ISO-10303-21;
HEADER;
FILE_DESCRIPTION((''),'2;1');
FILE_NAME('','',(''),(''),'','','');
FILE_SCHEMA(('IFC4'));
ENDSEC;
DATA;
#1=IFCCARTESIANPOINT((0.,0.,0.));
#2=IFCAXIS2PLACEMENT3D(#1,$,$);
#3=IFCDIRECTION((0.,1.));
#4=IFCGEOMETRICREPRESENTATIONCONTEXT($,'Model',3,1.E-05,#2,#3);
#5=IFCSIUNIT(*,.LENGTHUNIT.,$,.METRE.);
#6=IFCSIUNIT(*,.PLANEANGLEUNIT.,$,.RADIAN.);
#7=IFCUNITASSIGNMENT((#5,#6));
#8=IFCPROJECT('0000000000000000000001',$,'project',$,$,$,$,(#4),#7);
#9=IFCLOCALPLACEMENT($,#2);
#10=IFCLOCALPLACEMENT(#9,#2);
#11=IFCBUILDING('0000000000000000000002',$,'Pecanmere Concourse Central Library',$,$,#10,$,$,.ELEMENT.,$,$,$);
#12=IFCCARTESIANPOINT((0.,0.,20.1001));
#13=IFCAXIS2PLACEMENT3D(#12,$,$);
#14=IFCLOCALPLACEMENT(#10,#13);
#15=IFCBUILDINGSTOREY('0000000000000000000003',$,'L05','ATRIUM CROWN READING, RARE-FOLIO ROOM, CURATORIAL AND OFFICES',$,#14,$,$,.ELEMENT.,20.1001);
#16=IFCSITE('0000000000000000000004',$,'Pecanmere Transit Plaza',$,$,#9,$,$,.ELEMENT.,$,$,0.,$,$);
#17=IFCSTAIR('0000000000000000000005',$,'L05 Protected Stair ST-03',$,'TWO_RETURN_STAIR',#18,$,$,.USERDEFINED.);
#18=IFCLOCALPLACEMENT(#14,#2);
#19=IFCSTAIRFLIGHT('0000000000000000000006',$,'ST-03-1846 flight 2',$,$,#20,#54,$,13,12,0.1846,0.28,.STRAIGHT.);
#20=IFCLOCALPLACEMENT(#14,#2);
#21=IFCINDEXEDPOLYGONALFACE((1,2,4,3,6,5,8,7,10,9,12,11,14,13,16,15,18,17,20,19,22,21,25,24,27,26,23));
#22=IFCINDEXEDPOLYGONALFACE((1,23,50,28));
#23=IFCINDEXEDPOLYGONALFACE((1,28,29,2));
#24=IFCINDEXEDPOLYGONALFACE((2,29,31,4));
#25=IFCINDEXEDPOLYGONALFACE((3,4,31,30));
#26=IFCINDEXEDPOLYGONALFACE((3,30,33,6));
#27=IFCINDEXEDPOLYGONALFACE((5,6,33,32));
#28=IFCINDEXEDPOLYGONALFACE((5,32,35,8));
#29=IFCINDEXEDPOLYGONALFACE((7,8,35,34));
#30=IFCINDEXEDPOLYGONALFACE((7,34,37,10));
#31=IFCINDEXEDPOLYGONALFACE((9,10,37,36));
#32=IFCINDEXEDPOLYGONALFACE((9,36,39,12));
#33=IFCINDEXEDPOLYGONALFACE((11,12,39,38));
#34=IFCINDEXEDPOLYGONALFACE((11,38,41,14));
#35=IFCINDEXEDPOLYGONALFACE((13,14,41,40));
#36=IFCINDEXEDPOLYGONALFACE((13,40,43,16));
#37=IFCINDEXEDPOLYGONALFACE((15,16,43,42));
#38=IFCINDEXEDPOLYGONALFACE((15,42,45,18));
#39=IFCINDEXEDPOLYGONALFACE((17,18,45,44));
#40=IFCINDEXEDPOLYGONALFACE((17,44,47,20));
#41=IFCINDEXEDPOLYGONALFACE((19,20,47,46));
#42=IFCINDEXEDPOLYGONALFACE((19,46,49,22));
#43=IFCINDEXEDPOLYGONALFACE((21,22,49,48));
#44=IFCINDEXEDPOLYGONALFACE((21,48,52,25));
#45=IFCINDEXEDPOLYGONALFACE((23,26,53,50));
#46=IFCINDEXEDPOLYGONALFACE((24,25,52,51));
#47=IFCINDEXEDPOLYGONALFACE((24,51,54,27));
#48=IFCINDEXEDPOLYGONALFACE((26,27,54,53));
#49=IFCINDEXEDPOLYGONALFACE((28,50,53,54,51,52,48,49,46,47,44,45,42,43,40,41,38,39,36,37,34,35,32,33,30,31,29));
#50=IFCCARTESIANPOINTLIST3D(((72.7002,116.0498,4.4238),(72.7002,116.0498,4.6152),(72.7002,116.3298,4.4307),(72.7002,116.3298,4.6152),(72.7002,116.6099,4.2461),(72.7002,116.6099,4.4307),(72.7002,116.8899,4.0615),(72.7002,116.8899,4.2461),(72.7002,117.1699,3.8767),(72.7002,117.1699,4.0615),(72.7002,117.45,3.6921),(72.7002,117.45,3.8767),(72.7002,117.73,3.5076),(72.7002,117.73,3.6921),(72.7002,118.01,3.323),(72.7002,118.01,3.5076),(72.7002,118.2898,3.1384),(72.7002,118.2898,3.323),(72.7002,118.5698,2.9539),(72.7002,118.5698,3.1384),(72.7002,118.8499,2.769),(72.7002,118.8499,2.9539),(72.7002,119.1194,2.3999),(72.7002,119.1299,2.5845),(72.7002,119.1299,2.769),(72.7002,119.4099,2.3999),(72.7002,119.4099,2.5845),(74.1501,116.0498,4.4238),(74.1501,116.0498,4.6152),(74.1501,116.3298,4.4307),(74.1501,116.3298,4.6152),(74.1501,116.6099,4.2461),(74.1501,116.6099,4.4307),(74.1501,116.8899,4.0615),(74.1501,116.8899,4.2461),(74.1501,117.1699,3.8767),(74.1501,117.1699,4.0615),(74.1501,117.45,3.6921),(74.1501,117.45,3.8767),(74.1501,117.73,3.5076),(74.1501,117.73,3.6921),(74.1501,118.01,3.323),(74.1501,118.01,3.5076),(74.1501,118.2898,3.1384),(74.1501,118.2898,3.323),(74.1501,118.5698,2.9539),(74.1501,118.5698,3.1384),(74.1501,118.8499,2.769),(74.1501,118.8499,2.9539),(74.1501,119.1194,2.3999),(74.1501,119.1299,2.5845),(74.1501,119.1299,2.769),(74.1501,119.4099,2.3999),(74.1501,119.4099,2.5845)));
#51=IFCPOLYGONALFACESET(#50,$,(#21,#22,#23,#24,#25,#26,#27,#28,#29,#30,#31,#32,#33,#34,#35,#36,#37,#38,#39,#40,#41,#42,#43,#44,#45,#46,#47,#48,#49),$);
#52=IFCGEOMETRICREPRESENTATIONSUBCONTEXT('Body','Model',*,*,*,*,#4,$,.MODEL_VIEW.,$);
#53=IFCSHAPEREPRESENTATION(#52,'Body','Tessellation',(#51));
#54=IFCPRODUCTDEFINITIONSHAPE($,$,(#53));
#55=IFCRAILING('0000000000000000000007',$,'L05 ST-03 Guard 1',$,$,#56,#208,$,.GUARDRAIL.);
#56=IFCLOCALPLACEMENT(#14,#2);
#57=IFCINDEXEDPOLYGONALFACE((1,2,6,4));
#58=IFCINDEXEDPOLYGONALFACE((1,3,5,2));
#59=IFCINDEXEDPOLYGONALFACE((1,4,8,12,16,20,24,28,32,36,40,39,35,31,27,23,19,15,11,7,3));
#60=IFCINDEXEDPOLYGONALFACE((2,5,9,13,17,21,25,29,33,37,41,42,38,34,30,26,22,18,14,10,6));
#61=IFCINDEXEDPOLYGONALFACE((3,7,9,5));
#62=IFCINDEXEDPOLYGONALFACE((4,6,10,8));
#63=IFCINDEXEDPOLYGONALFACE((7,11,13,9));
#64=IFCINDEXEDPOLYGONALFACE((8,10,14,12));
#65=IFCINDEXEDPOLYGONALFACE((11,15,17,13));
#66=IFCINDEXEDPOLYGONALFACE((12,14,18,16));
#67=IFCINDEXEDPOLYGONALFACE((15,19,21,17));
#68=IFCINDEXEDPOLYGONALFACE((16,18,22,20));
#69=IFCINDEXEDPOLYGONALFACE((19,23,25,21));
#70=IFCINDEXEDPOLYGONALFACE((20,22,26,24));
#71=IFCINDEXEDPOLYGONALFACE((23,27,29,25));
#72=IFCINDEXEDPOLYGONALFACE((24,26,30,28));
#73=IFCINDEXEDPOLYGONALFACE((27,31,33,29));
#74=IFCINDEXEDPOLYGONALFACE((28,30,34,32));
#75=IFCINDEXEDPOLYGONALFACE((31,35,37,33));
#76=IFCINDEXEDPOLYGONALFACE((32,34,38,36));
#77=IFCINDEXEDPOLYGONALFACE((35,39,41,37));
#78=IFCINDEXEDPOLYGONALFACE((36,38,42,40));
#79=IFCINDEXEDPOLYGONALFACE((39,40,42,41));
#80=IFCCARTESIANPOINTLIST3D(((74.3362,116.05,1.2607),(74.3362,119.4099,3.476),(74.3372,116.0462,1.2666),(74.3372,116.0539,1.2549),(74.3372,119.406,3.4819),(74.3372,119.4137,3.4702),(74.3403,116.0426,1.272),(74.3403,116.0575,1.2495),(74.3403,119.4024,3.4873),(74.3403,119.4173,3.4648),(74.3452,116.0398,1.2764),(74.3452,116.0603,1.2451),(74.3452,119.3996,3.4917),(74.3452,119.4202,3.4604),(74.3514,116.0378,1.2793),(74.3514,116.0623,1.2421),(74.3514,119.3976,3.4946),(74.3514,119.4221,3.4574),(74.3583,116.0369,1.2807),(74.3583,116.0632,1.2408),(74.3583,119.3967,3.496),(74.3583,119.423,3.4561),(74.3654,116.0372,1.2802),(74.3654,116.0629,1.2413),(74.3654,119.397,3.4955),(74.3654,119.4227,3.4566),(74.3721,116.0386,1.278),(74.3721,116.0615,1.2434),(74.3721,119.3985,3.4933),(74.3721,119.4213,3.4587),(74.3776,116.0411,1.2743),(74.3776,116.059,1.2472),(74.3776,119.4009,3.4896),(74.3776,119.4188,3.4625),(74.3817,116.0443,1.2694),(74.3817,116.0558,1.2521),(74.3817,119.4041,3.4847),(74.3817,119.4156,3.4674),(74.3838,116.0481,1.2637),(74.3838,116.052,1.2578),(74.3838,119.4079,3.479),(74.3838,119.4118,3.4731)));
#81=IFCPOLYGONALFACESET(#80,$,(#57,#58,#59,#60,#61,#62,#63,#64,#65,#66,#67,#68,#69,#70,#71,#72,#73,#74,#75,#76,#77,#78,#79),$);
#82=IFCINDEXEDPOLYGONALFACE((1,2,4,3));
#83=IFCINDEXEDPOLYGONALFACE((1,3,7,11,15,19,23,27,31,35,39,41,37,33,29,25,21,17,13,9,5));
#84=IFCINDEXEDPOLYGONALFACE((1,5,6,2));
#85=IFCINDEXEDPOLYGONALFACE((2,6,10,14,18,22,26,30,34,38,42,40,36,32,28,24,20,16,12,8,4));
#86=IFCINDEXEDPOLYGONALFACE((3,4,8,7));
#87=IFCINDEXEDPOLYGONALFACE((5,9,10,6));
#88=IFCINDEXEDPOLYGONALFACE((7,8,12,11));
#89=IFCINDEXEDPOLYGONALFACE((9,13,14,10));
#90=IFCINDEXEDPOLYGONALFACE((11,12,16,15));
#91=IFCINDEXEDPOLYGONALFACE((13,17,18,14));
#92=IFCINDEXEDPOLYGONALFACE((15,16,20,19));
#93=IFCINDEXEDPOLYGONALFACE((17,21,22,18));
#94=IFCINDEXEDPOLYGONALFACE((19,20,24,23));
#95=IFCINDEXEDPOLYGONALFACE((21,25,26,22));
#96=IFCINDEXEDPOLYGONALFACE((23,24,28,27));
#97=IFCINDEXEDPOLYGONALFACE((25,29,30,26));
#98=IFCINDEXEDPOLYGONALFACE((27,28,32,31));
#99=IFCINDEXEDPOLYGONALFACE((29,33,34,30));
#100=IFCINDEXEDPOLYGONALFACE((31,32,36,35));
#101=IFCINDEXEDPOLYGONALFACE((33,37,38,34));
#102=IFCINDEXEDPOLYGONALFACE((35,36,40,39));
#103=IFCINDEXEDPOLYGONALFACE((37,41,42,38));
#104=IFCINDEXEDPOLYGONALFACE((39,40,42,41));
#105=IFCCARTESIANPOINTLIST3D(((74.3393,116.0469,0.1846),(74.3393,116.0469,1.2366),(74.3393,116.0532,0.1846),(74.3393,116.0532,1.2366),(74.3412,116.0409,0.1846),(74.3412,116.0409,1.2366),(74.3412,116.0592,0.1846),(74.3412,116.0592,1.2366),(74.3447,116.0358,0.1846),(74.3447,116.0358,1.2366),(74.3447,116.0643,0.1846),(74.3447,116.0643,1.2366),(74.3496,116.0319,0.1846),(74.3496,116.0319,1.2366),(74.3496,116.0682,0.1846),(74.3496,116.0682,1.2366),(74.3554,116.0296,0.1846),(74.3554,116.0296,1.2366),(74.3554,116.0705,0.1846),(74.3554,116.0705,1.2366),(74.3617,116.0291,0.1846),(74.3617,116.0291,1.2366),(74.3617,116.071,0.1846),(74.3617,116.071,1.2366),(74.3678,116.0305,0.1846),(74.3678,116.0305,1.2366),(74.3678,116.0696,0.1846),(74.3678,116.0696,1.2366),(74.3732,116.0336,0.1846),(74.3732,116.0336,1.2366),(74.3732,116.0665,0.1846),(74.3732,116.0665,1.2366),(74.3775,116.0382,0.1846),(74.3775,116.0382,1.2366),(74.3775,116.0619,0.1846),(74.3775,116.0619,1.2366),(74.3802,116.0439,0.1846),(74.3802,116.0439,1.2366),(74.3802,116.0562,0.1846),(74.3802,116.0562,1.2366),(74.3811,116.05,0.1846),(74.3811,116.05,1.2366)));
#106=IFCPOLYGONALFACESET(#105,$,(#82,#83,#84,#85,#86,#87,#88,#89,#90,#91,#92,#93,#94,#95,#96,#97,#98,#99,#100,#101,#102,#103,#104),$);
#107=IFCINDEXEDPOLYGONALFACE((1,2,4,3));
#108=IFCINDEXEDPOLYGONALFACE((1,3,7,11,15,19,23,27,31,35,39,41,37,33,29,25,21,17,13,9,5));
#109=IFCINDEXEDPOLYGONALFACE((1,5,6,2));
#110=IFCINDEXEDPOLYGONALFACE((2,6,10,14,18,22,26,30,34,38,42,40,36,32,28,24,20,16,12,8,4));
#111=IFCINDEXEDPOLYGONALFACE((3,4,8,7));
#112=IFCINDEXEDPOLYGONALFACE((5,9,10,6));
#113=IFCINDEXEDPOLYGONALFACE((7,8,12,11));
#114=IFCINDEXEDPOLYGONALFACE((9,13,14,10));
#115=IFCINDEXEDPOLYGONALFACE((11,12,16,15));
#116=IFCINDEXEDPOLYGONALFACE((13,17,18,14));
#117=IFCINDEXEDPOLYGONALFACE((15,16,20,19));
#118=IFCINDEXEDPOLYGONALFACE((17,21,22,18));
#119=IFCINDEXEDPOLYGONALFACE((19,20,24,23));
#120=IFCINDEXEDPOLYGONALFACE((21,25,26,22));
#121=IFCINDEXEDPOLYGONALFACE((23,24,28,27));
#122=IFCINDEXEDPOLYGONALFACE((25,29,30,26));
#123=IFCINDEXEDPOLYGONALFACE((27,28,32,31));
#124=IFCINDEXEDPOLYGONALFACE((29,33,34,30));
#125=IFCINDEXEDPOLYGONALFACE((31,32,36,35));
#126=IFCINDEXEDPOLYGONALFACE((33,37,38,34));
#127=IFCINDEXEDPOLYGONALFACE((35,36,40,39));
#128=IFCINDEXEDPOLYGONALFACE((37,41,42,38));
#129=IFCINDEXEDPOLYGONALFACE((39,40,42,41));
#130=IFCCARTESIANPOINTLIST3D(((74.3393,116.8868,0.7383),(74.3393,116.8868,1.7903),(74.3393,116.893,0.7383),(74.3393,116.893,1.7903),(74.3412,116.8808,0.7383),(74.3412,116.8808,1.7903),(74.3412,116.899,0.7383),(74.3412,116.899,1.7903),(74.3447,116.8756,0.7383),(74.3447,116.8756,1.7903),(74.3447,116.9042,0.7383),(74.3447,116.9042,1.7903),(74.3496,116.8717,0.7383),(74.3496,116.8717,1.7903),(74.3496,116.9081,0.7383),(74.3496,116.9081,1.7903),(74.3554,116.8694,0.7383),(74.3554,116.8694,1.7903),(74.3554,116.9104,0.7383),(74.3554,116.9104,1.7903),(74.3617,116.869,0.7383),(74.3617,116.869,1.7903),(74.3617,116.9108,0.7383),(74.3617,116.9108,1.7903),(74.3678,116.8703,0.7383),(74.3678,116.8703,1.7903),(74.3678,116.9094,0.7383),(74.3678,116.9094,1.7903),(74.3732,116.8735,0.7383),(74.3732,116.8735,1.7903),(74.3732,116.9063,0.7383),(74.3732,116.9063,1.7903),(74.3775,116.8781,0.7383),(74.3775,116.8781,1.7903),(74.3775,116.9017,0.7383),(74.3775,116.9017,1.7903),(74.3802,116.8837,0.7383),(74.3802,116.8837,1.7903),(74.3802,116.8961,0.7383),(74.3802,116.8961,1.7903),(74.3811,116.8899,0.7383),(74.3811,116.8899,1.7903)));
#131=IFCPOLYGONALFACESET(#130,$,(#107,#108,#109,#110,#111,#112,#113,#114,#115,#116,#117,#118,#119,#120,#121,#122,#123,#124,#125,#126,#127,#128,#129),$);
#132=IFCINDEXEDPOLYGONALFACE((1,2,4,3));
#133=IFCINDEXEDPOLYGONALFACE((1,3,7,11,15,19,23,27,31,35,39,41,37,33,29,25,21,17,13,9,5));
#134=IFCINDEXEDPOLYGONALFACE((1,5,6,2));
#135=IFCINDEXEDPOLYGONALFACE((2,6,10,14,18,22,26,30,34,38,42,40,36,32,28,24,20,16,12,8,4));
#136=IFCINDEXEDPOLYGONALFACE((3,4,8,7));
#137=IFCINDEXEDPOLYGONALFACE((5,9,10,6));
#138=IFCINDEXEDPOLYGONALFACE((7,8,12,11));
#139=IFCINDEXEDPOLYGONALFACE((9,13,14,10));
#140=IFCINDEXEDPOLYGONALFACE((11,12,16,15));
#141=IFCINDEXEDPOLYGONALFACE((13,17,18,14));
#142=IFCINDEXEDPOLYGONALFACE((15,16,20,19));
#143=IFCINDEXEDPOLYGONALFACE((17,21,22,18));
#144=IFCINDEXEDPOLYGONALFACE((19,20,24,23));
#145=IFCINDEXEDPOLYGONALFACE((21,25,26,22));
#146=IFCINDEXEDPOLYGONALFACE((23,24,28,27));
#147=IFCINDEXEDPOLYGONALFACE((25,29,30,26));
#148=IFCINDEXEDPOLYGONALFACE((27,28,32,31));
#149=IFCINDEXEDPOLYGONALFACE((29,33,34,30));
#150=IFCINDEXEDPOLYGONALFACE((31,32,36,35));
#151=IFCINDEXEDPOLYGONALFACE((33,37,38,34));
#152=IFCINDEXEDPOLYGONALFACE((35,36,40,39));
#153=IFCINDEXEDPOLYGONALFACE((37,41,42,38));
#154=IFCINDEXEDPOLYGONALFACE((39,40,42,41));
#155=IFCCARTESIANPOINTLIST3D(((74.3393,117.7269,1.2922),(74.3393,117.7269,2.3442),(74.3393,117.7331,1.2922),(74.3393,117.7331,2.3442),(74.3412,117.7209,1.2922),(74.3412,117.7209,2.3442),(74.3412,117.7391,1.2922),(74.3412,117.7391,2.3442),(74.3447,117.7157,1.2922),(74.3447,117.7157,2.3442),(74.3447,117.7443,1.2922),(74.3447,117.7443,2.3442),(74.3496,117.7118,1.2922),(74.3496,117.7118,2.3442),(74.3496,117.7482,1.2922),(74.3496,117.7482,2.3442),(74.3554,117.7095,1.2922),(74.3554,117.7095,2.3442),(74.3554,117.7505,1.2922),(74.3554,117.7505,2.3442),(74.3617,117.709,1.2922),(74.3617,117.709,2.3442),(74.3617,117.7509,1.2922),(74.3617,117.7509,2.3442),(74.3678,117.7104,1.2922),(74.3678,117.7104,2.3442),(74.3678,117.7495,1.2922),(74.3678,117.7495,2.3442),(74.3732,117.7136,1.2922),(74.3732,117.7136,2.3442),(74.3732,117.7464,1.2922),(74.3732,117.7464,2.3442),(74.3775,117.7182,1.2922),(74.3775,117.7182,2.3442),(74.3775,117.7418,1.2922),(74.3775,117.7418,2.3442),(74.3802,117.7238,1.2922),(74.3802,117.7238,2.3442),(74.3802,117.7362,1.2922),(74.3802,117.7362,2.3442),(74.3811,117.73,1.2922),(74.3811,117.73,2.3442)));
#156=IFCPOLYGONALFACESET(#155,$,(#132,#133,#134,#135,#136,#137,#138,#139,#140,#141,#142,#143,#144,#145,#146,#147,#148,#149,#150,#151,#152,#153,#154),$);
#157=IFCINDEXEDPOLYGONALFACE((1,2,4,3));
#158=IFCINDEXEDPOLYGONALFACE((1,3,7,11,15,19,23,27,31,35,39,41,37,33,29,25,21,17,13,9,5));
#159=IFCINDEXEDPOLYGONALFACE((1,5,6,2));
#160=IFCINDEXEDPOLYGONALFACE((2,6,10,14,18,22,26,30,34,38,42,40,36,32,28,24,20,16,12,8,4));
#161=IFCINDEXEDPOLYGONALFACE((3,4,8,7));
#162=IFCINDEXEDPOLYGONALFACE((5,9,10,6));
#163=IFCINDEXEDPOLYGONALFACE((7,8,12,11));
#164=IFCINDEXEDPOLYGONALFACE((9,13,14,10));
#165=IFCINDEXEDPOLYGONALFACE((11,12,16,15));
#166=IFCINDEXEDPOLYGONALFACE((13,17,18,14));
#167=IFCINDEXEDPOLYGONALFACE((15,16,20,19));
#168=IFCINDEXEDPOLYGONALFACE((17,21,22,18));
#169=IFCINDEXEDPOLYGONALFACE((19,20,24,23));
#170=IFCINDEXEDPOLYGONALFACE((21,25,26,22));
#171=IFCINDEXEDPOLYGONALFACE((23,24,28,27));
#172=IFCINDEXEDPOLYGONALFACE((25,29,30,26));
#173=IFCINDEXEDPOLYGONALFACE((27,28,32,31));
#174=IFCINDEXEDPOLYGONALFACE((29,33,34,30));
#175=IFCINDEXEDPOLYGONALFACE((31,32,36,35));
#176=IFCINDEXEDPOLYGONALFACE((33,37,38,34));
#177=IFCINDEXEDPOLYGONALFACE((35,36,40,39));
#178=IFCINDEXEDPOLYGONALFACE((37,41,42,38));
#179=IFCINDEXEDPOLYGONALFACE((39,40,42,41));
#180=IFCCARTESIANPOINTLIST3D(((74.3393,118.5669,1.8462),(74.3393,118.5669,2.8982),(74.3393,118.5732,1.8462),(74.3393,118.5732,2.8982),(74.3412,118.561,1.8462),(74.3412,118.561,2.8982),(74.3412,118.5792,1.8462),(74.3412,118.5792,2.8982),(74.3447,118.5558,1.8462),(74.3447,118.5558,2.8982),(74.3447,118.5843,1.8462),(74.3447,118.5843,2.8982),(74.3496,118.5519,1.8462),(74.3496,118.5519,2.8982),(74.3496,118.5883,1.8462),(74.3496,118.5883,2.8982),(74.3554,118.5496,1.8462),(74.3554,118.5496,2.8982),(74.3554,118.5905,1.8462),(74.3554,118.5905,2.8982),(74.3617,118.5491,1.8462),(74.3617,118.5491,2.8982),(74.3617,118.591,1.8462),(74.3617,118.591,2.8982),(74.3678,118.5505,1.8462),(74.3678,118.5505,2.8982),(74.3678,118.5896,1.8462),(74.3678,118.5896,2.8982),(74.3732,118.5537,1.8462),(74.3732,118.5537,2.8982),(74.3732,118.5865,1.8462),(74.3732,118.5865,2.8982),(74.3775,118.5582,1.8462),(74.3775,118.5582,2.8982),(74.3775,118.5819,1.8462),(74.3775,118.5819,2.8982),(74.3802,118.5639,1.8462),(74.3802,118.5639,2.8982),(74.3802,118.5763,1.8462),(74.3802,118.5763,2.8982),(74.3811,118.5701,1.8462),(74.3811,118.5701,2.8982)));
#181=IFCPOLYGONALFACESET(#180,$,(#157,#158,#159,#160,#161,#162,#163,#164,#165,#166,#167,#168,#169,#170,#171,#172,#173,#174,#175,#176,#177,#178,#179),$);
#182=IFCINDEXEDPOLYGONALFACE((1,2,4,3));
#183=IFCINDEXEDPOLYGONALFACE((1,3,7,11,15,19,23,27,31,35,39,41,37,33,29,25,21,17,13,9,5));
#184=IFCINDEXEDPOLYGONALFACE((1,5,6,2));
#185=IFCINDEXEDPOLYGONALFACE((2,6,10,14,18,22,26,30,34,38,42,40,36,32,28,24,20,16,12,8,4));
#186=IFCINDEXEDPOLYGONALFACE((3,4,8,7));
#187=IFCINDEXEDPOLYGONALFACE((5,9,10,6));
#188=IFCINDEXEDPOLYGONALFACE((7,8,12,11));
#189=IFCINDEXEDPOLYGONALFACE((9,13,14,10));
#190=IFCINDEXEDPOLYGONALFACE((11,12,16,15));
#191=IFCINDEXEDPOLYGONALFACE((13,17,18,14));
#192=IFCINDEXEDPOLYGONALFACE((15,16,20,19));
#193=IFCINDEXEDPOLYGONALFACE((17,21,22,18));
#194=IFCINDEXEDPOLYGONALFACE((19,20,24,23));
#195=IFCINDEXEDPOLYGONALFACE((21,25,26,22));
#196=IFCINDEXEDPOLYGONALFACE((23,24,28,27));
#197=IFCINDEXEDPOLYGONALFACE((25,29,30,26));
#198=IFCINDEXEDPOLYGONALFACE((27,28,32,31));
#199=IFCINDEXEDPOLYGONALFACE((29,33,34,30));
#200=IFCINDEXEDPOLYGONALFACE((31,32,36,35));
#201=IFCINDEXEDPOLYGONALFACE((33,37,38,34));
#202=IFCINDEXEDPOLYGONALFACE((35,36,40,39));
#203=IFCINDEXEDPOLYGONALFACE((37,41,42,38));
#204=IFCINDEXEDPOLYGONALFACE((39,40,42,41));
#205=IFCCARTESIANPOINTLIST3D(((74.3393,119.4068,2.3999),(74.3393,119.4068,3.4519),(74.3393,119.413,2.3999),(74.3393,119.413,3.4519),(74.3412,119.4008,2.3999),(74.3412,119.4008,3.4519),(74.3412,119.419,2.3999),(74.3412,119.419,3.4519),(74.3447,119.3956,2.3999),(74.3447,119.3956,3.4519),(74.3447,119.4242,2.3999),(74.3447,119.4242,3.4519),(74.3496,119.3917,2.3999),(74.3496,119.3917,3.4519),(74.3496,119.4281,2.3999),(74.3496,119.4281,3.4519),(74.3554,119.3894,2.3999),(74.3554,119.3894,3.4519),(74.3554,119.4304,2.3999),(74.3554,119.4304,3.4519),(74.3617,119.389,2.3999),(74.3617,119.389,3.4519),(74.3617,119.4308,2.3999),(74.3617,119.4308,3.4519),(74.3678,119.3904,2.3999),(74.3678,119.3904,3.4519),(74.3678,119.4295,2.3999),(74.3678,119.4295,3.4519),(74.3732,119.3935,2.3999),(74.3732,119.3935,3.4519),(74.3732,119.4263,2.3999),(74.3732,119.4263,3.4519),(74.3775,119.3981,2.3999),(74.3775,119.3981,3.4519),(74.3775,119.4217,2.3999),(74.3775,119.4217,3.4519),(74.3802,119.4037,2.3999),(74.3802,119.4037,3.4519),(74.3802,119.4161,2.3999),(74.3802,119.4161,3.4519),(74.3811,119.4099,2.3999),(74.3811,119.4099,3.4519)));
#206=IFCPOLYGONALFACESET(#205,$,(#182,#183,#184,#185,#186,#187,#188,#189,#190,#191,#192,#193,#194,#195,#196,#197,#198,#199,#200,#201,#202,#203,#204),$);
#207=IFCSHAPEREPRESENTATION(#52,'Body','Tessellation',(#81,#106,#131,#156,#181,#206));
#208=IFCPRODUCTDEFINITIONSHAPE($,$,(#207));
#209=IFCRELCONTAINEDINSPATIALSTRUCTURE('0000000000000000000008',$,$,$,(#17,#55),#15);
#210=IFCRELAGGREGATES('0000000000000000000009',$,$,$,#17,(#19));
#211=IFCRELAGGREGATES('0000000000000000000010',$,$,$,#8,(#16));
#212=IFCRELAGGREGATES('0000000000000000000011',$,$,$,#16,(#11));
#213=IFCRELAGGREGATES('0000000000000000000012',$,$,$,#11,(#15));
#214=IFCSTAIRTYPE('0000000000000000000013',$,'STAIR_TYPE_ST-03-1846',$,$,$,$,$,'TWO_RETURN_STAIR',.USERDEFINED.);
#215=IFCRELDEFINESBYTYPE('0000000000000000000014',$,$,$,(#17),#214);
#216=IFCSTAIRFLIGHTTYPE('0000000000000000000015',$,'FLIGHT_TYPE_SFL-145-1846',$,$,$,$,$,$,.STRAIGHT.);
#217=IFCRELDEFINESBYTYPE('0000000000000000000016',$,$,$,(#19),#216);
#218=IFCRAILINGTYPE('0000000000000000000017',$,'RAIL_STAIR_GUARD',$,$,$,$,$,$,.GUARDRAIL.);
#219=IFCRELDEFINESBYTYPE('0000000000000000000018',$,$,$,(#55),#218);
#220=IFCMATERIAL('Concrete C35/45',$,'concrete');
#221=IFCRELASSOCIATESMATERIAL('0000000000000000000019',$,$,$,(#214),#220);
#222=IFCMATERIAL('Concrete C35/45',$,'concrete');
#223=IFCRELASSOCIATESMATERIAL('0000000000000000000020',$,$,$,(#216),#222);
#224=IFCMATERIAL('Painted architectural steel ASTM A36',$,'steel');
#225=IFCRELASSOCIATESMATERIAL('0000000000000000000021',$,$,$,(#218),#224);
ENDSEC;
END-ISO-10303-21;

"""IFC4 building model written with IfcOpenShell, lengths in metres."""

from ifc_helpers import new_model, si_unit, direction, frame, origin, origin_2d, place, context, subcontext, project, spatial, polyline, circle, outline, extrude, material, type_object, element, aggregate, save


model = new_model("IFC4")

# Units and contexts
model_context = context("Model", 3, precision=1e-05, world=origin(), true_north=direction((0.0, 1.0)))
body_context = subcontext(model_context, "Body", "Model", "MODEL_VIEW")
ifc_project = project(units=[si_unit("LENGTHUNIT", "METRE"), si_unit("PLANEANGLEUNIT", "RADIAN")], contexts=[model_context])

# Site, building, storey
site_placement = place(None, origin())
site = spatial("IfcSite", under=ifc_project, at=site_placement, Name="Pecanmere Transit Plaza", CompositionType="ELEMENT", RefElevation=0.0)
building_placement = place(site_placement, origin())
building = spatial("IfcBuilding", under=site, at=building_placement, Name="Pecanmere Concourse Central Library", CompositionType="ELEMENT")
storey_placement = place(building_placement, frame((0.0, 0.0, 20.1001)))
storey = spatial("IfcBuildingStorey", under=building, at=storey_placement, Name="L05", Description="ATRIUM CROWN READING, RARE-FOLIO ROOM, CURATORIAL AND OFFICES", CompositionType="ELEMENT", Elevation=20.1001)

# Stair, stair flight
ifc_material_1 = material(Name="Concrete C35/45", Category="concrete")
stair_type = type_object("IfcStairType", Name="STAIR_TYPE_ST-03-1846", ElementType="TWO_RETURN_STAIR", PredefinedType="USERDEFINED", material=ifc_material_1)
stair_placement = place(storey_placement, origin())
stair = element("IfcStair", 1, at=stair_placement, inside=storey, type_object=stair_type, Name="L05 Protected Stair ST-03", ObjectType="TWO_RETURN_STAIR", PredefinedType="USERDEFINED")
ifc_material_2 = material(Name="Concrete C35/45", Category="concrete")
stair_flight_type = type_object("IfcStairFlightType", Name="FLIGHT_TYPE_SFL-145-1846", PredefinedType="STRAIGHT", material=ifc_material_2)
stair_flight_1_placement = place(storey_placement, frame((73.425, 119.4099, 2.3999), z_axis=(0.0, 0.0, 1.0), x_axis=(0.0, -1.0, 0.0)))
stair_flight_1 = element("IfcStairFlight", 2, at=stair_flight_1_placement, type_object=stair_flight_type, Name="ST-03-1846 flight 2", NumberOfRisers=13, NumberOfTreads=12, PredefinedType="STRAIGHT", RiserHeight=0.1846, TreadLength=0.28, context=body_context, shape_type="SweptSolid", body=[
    extrude(outline(polyline([(0.0, 0.0), (0.0, 0.1846), (0.28, 0.1846), (0.28, 0.3691), (0.5601, 0.3691), (0.5601, 0.554), (0.8401, 0.554), (0.8401, 0.7385), (1.1201, 0.7385), (1.1201, 0.9231), (1.3999, 0.9231), (1.3999, 1.1077), (1.6799, 1.1077), (1.6799, 1.2922), (1.96, 1.2922), (1.96, 1.4768), (2.24, 1.4768), (2.24, 1.6616), (2.52, 1.6616), (2.52, 1.8462), (2.8, 1.8462), (2.8, 2.0308), (3.0801, 2.0308), (3.0801, 2.2153), (3.3601, 2.2153), (3.3601, 2.3999), (3.3601, 2.0239), (0.2905, 0.0), (0.0, 0.0)])), frame((0.0, 0.7251, 0.0), z_axis=(0.0, -1.0, 0.0), x_axis=(1.0, 0.0, 0.0)), (0.0, 0.0, 1.0), 1.45),
])
aggregate(stair, [stair_flight_1])

# Railing
ifc_material_3 = material(Name="Painted architectural steel ASTM A36", Category="steel")
railing_type_1 = type_object("IfcRailingType", Name="RAIL_STAIR_GUARD", PredefinedType="GUARDRAIL", material=ifc_material_3)
railing_1_placement = place(storey_placement, frame((74.3601, 116.05, 0.1846)))
element("IfcRailing", 3, at=railing_1_placement, inside=storey, type_object=railing_type_1, Name="L05 ST-03 Guard 1", PredefinedType="GUARDRAIL", context=body_context, shape_type="SweptSolid", body=[
    extrude(circle(Radius=0.0239, at=origin_2d()), frame((0.0, 0.0, 1.0762), z_axis=(0.0, 0.834858, 0.550465), x_axis=(-1.0, 0.0, 0.0)), (0.0, 0.0, 1.0), 4.0244),
    extrude(circle(Radius=0.021, at=origin_2d()), origin(), (0.0, 0.0, 1.0), 1.052),
    extrude(circle(Radius=0.021, at=origin_2d()), frame((0.0, 0.8398, 0.5537)), (0.0, 0.0, 1.0), 1.052),
    extrude(circle(Radius=0.021, at=origin_2d()), frame((0.0, 1.6799, 1.1077)), (0.0, 0.0, 1.0), 1.052),
    extrude(circle(Radius=0.021, at=origin_2d()), frame((0.0, 2.52, 1.6616)), (0.0, 0.0, 1.0), 1.052),
    extrude(circle(Radius=0.021, at=origin_2d()), frame((0.0, 3.3599, 2.2153)), (0.0, 0.0, 1.0), 1.052),
])

save(model, "model.ifc")
